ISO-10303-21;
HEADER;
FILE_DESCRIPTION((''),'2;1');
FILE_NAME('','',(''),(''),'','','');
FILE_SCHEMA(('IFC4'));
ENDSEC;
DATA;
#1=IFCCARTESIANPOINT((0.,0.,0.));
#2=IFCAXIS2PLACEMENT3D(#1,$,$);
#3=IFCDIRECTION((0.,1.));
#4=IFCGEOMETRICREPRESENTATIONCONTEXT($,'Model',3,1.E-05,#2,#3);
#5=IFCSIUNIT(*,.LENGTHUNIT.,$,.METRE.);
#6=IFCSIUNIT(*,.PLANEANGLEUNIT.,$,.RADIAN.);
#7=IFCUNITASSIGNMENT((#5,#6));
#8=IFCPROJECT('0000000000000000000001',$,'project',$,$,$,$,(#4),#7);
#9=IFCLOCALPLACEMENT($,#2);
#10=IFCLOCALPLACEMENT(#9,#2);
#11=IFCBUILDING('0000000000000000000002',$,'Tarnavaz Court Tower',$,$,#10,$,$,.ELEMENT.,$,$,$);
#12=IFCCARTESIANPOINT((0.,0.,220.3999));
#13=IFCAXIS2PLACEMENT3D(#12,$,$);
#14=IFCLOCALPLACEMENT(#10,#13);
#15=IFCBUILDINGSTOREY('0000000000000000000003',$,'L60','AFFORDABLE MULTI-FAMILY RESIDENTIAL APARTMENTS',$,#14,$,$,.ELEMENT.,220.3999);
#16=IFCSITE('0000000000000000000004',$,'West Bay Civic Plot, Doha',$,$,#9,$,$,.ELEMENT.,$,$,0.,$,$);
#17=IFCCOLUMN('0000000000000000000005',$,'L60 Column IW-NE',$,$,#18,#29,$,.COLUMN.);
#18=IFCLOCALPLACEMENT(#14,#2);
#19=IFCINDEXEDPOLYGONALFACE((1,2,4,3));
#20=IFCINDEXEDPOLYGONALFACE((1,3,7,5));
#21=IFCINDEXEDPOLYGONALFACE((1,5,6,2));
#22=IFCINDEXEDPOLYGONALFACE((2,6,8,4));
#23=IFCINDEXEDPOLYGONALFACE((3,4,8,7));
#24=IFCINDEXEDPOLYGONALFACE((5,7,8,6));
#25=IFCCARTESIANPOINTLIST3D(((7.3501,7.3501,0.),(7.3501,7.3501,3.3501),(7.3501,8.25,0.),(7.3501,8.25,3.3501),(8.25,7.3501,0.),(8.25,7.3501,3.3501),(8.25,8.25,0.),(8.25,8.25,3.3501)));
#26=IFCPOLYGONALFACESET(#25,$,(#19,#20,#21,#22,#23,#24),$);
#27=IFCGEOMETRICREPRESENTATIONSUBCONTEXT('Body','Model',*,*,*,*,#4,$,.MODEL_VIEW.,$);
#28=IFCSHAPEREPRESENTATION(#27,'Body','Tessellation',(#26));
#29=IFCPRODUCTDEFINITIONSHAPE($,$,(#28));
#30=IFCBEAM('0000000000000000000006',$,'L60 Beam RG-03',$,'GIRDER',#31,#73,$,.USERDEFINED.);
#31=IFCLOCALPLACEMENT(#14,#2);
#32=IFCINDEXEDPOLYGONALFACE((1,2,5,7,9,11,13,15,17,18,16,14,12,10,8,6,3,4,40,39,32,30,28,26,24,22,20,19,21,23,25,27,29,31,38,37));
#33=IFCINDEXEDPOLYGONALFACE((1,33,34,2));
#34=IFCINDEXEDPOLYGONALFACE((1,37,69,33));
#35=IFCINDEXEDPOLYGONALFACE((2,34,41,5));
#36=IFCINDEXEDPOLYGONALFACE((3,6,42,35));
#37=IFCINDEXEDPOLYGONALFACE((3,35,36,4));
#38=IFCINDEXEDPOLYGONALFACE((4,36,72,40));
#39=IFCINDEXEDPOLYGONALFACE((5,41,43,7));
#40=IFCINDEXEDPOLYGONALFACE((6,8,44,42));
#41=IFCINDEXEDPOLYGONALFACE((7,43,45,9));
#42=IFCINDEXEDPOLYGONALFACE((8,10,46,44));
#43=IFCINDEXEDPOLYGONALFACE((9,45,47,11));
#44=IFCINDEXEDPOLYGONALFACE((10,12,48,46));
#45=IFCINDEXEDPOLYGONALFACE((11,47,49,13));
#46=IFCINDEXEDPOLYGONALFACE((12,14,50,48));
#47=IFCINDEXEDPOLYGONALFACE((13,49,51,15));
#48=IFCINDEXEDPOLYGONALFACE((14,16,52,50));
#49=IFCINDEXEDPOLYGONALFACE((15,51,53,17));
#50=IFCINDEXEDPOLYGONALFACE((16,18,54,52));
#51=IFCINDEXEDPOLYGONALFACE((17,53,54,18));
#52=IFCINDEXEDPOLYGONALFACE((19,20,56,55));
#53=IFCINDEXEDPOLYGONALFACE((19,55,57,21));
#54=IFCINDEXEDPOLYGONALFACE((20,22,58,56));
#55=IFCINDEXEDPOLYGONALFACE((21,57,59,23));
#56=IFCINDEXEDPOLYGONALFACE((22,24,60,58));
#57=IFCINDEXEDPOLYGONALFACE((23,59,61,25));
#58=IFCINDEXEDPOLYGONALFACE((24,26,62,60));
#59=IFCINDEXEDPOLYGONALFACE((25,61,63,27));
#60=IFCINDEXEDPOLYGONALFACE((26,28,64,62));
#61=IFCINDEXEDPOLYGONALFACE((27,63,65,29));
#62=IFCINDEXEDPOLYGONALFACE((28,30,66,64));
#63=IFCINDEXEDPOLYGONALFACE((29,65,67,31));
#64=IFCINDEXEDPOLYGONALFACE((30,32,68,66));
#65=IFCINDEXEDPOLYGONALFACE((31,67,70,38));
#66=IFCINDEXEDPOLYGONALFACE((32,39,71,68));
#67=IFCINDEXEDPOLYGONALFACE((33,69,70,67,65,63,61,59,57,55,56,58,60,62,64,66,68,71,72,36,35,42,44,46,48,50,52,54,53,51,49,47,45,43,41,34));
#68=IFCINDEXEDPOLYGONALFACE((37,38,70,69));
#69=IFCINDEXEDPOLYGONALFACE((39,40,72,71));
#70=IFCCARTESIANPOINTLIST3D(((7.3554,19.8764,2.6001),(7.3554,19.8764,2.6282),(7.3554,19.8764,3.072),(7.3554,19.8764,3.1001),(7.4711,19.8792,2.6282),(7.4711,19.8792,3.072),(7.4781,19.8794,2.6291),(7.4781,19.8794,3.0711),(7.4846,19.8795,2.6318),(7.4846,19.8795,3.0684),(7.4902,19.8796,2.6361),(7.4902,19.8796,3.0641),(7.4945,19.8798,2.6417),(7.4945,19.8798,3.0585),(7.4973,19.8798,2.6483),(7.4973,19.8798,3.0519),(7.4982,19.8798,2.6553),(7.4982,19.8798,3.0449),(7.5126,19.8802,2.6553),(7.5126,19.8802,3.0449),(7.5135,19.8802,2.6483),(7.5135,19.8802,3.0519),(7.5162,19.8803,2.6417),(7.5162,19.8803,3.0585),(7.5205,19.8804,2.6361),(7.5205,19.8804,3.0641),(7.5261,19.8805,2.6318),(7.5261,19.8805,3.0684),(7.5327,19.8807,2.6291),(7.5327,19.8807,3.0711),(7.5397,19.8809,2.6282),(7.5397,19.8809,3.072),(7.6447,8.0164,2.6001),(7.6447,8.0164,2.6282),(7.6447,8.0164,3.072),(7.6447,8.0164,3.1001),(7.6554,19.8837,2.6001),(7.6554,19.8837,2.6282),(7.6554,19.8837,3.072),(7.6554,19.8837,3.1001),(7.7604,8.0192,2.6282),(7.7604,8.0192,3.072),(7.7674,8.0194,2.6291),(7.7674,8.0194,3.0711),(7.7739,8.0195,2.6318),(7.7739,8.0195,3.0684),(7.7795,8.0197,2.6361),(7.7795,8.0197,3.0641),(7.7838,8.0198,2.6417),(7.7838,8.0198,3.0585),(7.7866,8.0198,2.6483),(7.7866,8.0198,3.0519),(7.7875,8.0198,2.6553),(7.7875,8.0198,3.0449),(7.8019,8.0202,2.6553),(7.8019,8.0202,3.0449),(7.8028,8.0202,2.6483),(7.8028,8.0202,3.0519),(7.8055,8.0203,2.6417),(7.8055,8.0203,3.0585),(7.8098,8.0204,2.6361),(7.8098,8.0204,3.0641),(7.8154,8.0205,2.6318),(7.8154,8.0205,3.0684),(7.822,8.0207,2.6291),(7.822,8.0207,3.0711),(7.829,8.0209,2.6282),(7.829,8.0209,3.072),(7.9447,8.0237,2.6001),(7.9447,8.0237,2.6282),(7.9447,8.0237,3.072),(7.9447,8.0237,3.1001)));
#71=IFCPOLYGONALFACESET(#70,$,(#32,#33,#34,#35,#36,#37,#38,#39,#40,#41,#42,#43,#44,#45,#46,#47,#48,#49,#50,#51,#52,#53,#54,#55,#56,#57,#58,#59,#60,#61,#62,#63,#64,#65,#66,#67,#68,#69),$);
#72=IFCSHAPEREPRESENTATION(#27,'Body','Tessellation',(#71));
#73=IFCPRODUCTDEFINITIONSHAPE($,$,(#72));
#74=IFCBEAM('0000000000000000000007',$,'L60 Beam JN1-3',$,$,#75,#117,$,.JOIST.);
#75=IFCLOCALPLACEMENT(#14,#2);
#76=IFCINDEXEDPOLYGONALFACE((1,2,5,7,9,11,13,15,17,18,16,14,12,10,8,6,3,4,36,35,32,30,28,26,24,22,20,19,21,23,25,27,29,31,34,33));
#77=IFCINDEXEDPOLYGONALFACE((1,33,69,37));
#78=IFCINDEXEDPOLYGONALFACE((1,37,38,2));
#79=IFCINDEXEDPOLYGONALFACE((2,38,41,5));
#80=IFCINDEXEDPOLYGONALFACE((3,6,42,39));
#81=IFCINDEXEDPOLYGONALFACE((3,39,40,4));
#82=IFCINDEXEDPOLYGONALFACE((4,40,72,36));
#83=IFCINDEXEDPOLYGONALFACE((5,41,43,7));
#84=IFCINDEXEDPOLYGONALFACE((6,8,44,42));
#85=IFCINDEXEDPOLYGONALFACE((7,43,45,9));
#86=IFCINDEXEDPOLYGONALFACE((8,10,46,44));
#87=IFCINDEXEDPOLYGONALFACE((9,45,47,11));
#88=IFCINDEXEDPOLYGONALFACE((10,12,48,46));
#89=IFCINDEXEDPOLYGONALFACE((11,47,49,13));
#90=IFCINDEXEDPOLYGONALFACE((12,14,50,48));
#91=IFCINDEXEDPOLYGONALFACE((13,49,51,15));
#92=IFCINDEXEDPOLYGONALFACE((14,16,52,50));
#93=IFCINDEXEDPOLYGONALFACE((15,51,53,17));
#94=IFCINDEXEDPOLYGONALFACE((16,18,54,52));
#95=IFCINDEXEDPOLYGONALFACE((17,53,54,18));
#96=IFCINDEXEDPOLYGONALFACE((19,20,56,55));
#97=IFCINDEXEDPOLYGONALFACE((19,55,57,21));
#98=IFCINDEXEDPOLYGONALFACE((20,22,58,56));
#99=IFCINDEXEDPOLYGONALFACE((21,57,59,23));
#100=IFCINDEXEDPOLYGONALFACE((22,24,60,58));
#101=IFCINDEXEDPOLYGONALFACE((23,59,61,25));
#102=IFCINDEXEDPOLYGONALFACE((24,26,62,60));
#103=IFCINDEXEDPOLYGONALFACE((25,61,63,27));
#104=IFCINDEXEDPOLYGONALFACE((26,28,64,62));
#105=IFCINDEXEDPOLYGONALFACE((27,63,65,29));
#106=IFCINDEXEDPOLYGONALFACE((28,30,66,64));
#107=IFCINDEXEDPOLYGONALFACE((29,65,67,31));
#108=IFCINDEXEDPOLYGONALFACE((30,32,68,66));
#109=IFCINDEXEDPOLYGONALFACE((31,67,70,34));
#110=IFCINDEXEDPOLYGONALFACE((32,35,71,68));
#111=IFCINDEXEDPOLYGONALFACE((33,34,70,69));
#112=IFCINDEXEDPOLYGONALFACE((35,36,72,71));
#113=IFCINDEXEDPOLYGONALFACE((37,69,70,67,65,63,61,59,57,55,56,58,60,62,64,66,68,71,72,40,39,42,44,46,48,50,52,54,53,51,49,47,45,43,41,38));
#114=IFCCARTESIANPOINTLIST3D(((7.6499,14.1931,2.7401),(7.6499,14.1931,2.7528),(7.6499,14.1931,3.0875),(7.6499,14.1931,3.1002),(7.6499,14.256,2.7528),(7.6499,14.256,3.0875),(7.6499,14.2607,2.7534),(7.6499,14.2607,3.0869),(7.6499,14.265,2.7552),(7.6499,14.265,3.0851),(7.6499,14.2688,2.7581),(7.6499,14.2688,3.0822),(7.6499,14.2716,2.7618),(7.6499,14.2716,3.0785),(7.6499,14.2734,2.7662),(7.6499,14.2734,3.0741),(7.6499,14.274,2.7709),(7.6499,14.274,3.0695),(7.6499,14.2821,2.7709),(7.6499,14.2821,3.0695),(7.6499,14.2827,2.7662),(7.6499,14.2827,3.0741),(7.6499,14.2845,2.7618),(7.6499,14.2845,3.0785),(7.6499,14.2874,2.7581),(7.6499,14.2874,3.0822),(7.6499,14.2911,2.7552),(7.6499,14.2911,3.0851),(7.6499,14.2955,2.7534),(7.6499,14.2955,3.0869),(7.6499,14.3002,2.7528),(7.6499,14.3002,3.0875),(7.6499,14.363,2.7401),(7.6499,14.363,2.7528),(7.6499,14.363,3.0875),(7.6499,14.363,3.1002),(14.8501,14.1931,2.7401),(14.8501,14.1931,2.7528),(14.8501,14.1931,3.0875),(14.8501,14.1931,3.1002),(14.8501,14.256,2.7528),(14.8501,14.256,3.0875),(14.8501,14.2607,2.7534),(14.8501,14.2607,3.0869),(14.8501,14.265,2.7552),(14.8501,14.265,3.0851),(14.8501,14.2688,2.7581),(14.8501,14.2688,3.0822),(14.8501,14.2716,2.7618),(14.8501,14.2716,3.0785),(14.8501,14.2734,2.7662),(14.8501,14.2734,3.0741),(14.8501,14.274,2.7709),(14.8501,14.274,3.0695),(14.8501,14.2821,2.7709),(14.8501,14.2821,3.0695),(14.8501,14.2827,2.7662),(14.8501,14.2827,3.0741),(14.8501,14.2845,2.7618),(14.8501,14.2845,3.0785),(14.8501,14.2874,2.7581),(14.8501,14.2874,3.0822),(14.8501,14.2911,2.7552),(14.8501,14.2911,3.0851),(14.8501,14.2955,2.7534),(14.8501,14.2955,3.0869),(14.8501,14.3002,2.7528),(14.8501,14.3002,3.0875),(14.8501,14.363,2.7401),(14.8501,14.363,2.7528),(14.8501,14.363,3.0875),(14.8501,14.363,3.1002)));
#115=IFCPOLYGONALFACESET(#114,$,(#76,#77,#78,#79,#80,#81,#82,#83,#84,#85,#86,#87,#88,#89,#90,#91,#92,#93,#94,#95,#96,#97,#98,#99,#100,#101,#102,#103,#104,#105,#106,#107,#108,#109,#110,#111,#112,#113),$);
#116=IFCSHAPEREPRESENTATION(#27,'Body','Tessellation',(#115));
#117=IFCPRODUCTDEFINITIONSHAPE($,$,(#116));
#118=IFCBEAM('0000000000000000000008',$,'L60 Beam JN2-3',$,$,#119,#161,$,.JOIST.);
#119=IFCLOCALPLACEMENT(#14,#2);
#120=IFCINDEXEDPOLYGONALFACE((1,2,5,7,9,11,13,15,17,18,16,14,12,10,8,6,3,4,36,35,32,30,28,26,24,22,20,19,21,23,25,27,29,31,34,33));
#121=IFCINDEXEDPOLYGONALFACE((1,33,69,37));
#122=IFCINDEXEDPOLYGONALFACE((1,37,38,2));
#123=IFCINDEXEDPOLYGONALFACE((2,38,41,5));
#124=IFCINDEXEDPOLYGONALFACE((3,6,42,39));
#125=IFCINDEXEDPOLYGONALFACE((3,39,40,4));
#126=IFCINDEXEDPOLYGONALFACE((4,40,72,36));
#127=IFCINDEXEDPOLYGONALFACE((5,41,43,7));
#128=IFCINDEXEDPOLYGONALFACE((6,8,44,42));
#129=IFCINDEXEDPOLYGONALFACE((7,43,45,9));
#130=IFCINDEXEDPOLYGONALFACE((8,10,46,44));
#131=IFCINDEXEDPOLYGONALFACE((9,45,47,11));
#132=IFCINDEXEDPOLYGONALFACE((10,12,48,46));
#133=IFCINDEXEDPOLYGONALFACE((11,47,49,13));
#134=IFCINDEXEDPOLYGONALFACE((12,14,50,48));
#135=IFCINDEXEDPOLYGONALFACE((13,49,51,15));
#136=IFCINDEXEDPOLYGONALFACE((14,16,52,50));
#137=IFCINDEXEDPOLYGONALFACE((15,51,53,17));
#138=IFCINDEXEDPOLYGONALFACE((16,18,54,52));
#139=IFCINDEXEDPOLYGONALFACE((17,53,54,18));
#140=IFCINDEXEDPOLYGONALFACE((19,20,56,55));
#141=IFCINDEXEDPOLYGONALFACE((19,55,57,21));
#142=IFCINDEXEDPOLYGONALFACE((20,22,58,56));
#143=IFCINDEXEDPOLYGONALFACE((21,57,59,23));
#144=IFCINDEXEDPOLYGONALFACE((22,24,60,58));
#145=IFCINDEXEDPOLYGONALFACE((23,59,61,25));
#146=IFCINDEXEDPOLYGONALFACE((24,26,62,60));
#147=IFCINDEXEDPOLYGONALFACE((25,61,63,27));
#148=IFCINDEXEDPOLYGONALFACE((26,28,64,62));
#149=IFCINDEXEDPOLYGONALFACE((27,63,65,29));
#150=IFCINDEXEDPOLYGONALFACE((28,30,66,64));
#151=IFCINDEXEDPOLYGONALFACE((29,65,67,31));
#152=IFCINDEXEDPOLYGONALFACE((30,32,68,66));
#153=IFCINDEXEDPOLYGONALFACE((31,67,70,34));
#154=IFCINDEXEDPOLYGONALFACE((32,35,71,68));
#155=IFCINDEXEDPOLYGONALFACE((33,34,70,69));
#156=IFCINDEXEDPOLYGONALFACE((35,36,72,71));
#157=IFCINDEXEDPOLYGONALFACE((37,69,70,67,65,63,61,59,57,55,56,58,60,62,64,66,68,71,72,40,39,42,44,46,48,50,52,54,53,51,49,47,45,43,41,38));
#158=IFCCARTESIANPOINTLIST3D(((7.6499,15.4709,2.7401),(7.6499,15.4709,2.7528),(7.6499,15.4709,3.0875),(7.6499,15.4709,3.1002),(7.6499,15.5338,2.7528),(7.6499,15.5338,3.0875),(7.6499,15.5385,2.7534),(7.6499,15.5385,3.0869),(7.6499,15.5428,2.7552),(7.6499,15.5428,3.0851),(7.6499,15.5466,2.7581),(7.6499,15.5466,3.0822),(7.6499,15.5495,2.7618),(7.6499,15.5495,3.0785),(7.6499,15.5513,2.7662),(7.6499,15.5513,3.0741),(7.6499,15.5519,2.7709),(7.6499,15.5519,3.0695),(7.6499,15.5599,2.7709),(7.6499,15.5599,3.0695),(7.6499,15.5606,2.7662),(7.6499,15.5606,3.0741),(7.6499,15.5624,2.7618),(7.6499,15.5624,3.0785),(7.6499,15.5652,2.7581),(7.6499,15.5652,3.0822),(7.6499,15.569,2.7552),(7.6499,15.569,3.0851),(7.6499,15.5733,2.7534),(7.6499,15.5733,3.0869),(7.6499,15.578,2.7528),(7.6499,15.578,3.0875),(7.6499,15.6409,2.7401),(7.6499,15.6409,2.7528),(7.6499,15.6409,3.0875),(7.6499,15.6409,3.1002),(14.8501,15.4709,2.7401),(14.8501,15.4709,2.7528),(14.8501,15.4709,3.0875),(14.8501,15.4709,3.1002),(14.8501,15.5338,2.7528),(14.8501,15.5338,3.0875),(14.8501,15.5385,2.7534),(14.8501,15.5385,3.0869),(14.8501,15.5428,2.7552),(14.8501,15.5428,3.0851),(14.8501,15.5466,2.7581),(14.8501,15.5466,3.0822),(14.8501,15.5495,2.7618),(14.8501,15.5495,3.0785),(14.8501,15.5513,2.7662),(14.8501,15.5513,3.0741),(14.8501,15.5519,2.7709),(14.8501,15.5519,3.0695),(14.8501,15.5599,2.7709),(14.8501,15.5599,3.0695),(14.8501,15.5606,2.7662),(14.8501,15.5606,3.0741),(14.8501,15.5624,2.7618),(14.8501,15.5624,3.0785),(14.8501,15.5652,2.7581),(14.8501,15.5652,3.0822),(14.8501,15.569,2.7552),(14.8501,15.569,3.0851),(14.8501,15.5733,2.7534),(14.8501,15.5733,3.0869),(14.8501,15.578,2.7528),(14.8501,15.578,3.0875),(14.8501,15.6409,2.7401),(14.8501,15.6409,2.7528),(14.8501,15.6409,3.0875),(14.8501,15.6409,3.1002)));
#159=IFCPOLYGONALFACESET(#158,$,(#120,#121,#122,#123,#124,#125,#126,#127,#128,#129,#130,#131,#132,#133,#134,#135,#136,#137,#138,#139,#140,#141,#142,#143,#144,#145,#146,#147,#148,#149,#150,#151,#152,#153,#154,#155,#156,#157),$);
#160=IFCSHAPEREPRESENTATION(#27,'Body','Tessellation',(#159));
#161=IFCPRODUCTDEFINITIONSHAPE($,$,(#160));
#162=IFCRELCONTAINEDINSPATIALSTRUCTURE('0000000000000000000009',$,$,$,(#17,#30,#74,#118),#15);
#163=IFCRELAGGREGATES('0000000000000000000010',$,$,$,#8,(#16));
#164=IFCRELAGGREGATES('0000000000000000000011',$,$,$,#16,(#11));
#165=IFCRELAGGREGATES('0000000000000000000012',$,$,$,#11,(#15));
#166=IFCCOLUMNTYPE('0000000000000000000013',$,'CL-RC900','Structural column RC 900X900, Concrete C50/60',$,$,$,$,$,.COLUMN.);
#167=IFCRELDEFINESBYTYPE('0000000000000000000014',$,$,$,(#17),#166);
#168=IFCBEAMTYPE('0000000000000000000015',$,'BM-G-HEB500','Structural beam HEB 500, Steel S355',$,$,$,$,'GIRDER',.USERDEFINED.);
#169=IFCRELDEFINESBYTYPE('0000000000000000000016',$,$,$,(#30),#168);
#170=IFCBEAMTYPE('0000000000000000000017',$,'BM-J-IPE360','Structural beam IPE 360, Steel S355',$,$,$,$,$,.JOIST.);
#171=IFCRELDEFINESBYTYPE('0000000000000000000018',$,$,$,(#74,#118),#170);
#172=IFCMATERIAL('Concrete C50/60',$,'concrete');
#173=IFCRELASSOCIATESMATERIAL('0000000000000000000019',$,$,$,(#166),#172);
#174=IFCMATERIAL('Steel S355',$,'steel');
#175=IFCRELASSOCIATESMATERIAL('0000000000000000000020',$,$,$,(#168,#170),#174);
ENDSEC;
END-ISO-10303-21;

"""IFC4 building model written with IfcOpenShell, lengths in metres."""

from ifc_helpers import new_model, si_unit, direction, frame, origin, origin_2d, place, context, subcontext, project, spatial, rectangle, i_section, extrude, material, material_profile, profile_set, type_object, element, save


model = new_model("IFC4")

# Units and contexts
model_context = context("Model", 3, precision=1e-05, world=origin(), true_north=direction((0.0, 1.0)))
body_context = subcontext(model_context, "Body", "Model", "MODEL_VIEW")
ifc_project = project(units=[si_unit("LENGTHUNIT", "METRE"), si_unit("PLANEANGLEUNIT", "RADIAN")], contexts=[model_context])

# Site, building, storey
site_placement = place(None, origin())
site = spatial("IfcSite", under=ifc_project, at=site_placement, Name="West Bay Civic Plot, Doha", CompositionType="ELEMENT", RefElevation=0.0)
building_placement = place(site_placement, origin())
building = spatial("IfcBuilding", under=site, at=building_placement, Name="Tarnavaz Court Tower", CompositionType="ELEMENT")
storey_placement = place(building_placement, frame((0.0, 0.0, 220.3999)))
storey = spatial("IfcBuildingStorey", under=building, at=storey_placement, Name="L60", Description="AFFORDABLE MULTI-FAMILY RESIDENTIAL APARTMENTS", CompositionType="ELEMENT", Elevation=220.3999)

# Column
ifc_material_1 = material(Name="Concrete C50/60", Category="concrete")
ifc_material_profile_1 = material_profile(ifc_material_1, rectangle(XDim=0.8999, YDim=0.8999, at=origin_2d()), Name="RC 900X900")
ifc_profile_set_1 = profile_set([ifc_material_profile_1], Name="Concrete C50/60")
column_type = type_object("IfcColumnType", Name="CL-RC900", Description="Structural column RC 900X900, Concrete C50/60", PredefinedType="COLUMN", material=ifc_profile_set_1)
column_placement = place(storey_placement, frame((7.8, 7.8, 0.0), z_axis=(0.0, 0.0, 1.0), x_axis=(1.0, 0.0, 0.0)))
element("IfcColumn", 1, at=column_placement, inside=storey, type_object=column_type, Name="L60 Column IW-NE", PredefinedType="COLUMN", context=body_context, shape_type="SweptSolid", body=[
    extrude(rectangle(XDim=0.8999, YDim=0.8999, at=origin_2d()), origin(), (0.0, 0.0, 1.0), 3.3501),
])

# Beams
ifc_material_2 = material(Name="Steel S355", Category="steel")
ifc_material_profile_2 = material_profile(ifc_material_2, i_section(OverallWidth=0.3, OverallDepth=0.5, WebThickness=0.0144, FlangeThickness=0.0281, FilletRadius=0.0271, at=origin_2d()), Name="HEB 500")
ifc_profile_set_2 = profile_set([ifc_material_profile_2], Name="Steel S355")
beam_type_1 = type_object("IfcBeamType", Name="BM-G-HEB500", Description="Structural beam HEB 500, Steel S355", ElementType="GIRDER", PredefinedType="USERDEFINED", material=ifc_profile_set_2)
beam_placement = place(storey_placement, frame((7.7947, 8.02, 2.8501), z_axis=(-0.024386, 0.999703, 0.0), x_axis=(-0.999703, -0.024386, 0.0)))
element("IfcBeam", 2, at=beam_placement, inside=storey, type_object=beam_type_1, Name="L60 Beam RG-03", ObjectType="GIRDER", PredefinedType="USERDEFINED", context=body_context, shape_type="SweptSolid", body=[
    extrude(i_section(OverallWidth=0.3, OverallDepth=0.5, WebThickness=0.0144, FlangeThickness=0.0281, FilletRadius=0.0271, at=origin_2d()), origin(), (0.0, 0.0, 1.0), 11.8635),
])
ifc_material_profile_3 = material_profile(ifc_material_2, i_section(OverallWidth=0.1699, OverallDepth=0.3601, WebThickness=0.0081, FlangeThickness=0.0127, FilletRadius=0.0181, at=origin_2d()), Name="IPE 360")
ifc_profile_set_3 = profile_set([ifc_material_profile_3], Name="Steel S355")
beam_type_2 = type_object("IfcBeamType", Name="BM-J-IPE360", Description="Structural beam IPE 360, Steel S355", PredefinedType="JOIST", material=ifc_profile_set_3)
for number, where, z_axis, x_axis, name in (
    (3, (7.6499, 14.2781, 2.9202), (1.0, 0.0, 0.0), (0.0, 1.0, 0.0), "L60 Beam JN1-3"),
    (4, (7.6499, 15.5559, 2.9202), (1.0, 0.0, 0.0), (0.0, 1.0, 0.0), "L60 Beam JN2-3"),
):
    element("IfcBeam", number, at=place(storey_placement, frame(where, z_axis=z_axis, x_axis=x_axis)), inside=storey, type_object=beam_type_2, Name=name, PredefinedType="JOIST", context=body_context, shape_type="SweptSolid", body=[
        extrude(i_section(OverallWidth=0.1699, OverallDepth=0.3601, WebThickness=0.0081, FlangeThickness=0.0127, FilletRadius=0.0181, at=origin_2d()), origin(), (0.0, 0.0, 1.0), 7.2002),
    ])

save(model, "model.ifc")
